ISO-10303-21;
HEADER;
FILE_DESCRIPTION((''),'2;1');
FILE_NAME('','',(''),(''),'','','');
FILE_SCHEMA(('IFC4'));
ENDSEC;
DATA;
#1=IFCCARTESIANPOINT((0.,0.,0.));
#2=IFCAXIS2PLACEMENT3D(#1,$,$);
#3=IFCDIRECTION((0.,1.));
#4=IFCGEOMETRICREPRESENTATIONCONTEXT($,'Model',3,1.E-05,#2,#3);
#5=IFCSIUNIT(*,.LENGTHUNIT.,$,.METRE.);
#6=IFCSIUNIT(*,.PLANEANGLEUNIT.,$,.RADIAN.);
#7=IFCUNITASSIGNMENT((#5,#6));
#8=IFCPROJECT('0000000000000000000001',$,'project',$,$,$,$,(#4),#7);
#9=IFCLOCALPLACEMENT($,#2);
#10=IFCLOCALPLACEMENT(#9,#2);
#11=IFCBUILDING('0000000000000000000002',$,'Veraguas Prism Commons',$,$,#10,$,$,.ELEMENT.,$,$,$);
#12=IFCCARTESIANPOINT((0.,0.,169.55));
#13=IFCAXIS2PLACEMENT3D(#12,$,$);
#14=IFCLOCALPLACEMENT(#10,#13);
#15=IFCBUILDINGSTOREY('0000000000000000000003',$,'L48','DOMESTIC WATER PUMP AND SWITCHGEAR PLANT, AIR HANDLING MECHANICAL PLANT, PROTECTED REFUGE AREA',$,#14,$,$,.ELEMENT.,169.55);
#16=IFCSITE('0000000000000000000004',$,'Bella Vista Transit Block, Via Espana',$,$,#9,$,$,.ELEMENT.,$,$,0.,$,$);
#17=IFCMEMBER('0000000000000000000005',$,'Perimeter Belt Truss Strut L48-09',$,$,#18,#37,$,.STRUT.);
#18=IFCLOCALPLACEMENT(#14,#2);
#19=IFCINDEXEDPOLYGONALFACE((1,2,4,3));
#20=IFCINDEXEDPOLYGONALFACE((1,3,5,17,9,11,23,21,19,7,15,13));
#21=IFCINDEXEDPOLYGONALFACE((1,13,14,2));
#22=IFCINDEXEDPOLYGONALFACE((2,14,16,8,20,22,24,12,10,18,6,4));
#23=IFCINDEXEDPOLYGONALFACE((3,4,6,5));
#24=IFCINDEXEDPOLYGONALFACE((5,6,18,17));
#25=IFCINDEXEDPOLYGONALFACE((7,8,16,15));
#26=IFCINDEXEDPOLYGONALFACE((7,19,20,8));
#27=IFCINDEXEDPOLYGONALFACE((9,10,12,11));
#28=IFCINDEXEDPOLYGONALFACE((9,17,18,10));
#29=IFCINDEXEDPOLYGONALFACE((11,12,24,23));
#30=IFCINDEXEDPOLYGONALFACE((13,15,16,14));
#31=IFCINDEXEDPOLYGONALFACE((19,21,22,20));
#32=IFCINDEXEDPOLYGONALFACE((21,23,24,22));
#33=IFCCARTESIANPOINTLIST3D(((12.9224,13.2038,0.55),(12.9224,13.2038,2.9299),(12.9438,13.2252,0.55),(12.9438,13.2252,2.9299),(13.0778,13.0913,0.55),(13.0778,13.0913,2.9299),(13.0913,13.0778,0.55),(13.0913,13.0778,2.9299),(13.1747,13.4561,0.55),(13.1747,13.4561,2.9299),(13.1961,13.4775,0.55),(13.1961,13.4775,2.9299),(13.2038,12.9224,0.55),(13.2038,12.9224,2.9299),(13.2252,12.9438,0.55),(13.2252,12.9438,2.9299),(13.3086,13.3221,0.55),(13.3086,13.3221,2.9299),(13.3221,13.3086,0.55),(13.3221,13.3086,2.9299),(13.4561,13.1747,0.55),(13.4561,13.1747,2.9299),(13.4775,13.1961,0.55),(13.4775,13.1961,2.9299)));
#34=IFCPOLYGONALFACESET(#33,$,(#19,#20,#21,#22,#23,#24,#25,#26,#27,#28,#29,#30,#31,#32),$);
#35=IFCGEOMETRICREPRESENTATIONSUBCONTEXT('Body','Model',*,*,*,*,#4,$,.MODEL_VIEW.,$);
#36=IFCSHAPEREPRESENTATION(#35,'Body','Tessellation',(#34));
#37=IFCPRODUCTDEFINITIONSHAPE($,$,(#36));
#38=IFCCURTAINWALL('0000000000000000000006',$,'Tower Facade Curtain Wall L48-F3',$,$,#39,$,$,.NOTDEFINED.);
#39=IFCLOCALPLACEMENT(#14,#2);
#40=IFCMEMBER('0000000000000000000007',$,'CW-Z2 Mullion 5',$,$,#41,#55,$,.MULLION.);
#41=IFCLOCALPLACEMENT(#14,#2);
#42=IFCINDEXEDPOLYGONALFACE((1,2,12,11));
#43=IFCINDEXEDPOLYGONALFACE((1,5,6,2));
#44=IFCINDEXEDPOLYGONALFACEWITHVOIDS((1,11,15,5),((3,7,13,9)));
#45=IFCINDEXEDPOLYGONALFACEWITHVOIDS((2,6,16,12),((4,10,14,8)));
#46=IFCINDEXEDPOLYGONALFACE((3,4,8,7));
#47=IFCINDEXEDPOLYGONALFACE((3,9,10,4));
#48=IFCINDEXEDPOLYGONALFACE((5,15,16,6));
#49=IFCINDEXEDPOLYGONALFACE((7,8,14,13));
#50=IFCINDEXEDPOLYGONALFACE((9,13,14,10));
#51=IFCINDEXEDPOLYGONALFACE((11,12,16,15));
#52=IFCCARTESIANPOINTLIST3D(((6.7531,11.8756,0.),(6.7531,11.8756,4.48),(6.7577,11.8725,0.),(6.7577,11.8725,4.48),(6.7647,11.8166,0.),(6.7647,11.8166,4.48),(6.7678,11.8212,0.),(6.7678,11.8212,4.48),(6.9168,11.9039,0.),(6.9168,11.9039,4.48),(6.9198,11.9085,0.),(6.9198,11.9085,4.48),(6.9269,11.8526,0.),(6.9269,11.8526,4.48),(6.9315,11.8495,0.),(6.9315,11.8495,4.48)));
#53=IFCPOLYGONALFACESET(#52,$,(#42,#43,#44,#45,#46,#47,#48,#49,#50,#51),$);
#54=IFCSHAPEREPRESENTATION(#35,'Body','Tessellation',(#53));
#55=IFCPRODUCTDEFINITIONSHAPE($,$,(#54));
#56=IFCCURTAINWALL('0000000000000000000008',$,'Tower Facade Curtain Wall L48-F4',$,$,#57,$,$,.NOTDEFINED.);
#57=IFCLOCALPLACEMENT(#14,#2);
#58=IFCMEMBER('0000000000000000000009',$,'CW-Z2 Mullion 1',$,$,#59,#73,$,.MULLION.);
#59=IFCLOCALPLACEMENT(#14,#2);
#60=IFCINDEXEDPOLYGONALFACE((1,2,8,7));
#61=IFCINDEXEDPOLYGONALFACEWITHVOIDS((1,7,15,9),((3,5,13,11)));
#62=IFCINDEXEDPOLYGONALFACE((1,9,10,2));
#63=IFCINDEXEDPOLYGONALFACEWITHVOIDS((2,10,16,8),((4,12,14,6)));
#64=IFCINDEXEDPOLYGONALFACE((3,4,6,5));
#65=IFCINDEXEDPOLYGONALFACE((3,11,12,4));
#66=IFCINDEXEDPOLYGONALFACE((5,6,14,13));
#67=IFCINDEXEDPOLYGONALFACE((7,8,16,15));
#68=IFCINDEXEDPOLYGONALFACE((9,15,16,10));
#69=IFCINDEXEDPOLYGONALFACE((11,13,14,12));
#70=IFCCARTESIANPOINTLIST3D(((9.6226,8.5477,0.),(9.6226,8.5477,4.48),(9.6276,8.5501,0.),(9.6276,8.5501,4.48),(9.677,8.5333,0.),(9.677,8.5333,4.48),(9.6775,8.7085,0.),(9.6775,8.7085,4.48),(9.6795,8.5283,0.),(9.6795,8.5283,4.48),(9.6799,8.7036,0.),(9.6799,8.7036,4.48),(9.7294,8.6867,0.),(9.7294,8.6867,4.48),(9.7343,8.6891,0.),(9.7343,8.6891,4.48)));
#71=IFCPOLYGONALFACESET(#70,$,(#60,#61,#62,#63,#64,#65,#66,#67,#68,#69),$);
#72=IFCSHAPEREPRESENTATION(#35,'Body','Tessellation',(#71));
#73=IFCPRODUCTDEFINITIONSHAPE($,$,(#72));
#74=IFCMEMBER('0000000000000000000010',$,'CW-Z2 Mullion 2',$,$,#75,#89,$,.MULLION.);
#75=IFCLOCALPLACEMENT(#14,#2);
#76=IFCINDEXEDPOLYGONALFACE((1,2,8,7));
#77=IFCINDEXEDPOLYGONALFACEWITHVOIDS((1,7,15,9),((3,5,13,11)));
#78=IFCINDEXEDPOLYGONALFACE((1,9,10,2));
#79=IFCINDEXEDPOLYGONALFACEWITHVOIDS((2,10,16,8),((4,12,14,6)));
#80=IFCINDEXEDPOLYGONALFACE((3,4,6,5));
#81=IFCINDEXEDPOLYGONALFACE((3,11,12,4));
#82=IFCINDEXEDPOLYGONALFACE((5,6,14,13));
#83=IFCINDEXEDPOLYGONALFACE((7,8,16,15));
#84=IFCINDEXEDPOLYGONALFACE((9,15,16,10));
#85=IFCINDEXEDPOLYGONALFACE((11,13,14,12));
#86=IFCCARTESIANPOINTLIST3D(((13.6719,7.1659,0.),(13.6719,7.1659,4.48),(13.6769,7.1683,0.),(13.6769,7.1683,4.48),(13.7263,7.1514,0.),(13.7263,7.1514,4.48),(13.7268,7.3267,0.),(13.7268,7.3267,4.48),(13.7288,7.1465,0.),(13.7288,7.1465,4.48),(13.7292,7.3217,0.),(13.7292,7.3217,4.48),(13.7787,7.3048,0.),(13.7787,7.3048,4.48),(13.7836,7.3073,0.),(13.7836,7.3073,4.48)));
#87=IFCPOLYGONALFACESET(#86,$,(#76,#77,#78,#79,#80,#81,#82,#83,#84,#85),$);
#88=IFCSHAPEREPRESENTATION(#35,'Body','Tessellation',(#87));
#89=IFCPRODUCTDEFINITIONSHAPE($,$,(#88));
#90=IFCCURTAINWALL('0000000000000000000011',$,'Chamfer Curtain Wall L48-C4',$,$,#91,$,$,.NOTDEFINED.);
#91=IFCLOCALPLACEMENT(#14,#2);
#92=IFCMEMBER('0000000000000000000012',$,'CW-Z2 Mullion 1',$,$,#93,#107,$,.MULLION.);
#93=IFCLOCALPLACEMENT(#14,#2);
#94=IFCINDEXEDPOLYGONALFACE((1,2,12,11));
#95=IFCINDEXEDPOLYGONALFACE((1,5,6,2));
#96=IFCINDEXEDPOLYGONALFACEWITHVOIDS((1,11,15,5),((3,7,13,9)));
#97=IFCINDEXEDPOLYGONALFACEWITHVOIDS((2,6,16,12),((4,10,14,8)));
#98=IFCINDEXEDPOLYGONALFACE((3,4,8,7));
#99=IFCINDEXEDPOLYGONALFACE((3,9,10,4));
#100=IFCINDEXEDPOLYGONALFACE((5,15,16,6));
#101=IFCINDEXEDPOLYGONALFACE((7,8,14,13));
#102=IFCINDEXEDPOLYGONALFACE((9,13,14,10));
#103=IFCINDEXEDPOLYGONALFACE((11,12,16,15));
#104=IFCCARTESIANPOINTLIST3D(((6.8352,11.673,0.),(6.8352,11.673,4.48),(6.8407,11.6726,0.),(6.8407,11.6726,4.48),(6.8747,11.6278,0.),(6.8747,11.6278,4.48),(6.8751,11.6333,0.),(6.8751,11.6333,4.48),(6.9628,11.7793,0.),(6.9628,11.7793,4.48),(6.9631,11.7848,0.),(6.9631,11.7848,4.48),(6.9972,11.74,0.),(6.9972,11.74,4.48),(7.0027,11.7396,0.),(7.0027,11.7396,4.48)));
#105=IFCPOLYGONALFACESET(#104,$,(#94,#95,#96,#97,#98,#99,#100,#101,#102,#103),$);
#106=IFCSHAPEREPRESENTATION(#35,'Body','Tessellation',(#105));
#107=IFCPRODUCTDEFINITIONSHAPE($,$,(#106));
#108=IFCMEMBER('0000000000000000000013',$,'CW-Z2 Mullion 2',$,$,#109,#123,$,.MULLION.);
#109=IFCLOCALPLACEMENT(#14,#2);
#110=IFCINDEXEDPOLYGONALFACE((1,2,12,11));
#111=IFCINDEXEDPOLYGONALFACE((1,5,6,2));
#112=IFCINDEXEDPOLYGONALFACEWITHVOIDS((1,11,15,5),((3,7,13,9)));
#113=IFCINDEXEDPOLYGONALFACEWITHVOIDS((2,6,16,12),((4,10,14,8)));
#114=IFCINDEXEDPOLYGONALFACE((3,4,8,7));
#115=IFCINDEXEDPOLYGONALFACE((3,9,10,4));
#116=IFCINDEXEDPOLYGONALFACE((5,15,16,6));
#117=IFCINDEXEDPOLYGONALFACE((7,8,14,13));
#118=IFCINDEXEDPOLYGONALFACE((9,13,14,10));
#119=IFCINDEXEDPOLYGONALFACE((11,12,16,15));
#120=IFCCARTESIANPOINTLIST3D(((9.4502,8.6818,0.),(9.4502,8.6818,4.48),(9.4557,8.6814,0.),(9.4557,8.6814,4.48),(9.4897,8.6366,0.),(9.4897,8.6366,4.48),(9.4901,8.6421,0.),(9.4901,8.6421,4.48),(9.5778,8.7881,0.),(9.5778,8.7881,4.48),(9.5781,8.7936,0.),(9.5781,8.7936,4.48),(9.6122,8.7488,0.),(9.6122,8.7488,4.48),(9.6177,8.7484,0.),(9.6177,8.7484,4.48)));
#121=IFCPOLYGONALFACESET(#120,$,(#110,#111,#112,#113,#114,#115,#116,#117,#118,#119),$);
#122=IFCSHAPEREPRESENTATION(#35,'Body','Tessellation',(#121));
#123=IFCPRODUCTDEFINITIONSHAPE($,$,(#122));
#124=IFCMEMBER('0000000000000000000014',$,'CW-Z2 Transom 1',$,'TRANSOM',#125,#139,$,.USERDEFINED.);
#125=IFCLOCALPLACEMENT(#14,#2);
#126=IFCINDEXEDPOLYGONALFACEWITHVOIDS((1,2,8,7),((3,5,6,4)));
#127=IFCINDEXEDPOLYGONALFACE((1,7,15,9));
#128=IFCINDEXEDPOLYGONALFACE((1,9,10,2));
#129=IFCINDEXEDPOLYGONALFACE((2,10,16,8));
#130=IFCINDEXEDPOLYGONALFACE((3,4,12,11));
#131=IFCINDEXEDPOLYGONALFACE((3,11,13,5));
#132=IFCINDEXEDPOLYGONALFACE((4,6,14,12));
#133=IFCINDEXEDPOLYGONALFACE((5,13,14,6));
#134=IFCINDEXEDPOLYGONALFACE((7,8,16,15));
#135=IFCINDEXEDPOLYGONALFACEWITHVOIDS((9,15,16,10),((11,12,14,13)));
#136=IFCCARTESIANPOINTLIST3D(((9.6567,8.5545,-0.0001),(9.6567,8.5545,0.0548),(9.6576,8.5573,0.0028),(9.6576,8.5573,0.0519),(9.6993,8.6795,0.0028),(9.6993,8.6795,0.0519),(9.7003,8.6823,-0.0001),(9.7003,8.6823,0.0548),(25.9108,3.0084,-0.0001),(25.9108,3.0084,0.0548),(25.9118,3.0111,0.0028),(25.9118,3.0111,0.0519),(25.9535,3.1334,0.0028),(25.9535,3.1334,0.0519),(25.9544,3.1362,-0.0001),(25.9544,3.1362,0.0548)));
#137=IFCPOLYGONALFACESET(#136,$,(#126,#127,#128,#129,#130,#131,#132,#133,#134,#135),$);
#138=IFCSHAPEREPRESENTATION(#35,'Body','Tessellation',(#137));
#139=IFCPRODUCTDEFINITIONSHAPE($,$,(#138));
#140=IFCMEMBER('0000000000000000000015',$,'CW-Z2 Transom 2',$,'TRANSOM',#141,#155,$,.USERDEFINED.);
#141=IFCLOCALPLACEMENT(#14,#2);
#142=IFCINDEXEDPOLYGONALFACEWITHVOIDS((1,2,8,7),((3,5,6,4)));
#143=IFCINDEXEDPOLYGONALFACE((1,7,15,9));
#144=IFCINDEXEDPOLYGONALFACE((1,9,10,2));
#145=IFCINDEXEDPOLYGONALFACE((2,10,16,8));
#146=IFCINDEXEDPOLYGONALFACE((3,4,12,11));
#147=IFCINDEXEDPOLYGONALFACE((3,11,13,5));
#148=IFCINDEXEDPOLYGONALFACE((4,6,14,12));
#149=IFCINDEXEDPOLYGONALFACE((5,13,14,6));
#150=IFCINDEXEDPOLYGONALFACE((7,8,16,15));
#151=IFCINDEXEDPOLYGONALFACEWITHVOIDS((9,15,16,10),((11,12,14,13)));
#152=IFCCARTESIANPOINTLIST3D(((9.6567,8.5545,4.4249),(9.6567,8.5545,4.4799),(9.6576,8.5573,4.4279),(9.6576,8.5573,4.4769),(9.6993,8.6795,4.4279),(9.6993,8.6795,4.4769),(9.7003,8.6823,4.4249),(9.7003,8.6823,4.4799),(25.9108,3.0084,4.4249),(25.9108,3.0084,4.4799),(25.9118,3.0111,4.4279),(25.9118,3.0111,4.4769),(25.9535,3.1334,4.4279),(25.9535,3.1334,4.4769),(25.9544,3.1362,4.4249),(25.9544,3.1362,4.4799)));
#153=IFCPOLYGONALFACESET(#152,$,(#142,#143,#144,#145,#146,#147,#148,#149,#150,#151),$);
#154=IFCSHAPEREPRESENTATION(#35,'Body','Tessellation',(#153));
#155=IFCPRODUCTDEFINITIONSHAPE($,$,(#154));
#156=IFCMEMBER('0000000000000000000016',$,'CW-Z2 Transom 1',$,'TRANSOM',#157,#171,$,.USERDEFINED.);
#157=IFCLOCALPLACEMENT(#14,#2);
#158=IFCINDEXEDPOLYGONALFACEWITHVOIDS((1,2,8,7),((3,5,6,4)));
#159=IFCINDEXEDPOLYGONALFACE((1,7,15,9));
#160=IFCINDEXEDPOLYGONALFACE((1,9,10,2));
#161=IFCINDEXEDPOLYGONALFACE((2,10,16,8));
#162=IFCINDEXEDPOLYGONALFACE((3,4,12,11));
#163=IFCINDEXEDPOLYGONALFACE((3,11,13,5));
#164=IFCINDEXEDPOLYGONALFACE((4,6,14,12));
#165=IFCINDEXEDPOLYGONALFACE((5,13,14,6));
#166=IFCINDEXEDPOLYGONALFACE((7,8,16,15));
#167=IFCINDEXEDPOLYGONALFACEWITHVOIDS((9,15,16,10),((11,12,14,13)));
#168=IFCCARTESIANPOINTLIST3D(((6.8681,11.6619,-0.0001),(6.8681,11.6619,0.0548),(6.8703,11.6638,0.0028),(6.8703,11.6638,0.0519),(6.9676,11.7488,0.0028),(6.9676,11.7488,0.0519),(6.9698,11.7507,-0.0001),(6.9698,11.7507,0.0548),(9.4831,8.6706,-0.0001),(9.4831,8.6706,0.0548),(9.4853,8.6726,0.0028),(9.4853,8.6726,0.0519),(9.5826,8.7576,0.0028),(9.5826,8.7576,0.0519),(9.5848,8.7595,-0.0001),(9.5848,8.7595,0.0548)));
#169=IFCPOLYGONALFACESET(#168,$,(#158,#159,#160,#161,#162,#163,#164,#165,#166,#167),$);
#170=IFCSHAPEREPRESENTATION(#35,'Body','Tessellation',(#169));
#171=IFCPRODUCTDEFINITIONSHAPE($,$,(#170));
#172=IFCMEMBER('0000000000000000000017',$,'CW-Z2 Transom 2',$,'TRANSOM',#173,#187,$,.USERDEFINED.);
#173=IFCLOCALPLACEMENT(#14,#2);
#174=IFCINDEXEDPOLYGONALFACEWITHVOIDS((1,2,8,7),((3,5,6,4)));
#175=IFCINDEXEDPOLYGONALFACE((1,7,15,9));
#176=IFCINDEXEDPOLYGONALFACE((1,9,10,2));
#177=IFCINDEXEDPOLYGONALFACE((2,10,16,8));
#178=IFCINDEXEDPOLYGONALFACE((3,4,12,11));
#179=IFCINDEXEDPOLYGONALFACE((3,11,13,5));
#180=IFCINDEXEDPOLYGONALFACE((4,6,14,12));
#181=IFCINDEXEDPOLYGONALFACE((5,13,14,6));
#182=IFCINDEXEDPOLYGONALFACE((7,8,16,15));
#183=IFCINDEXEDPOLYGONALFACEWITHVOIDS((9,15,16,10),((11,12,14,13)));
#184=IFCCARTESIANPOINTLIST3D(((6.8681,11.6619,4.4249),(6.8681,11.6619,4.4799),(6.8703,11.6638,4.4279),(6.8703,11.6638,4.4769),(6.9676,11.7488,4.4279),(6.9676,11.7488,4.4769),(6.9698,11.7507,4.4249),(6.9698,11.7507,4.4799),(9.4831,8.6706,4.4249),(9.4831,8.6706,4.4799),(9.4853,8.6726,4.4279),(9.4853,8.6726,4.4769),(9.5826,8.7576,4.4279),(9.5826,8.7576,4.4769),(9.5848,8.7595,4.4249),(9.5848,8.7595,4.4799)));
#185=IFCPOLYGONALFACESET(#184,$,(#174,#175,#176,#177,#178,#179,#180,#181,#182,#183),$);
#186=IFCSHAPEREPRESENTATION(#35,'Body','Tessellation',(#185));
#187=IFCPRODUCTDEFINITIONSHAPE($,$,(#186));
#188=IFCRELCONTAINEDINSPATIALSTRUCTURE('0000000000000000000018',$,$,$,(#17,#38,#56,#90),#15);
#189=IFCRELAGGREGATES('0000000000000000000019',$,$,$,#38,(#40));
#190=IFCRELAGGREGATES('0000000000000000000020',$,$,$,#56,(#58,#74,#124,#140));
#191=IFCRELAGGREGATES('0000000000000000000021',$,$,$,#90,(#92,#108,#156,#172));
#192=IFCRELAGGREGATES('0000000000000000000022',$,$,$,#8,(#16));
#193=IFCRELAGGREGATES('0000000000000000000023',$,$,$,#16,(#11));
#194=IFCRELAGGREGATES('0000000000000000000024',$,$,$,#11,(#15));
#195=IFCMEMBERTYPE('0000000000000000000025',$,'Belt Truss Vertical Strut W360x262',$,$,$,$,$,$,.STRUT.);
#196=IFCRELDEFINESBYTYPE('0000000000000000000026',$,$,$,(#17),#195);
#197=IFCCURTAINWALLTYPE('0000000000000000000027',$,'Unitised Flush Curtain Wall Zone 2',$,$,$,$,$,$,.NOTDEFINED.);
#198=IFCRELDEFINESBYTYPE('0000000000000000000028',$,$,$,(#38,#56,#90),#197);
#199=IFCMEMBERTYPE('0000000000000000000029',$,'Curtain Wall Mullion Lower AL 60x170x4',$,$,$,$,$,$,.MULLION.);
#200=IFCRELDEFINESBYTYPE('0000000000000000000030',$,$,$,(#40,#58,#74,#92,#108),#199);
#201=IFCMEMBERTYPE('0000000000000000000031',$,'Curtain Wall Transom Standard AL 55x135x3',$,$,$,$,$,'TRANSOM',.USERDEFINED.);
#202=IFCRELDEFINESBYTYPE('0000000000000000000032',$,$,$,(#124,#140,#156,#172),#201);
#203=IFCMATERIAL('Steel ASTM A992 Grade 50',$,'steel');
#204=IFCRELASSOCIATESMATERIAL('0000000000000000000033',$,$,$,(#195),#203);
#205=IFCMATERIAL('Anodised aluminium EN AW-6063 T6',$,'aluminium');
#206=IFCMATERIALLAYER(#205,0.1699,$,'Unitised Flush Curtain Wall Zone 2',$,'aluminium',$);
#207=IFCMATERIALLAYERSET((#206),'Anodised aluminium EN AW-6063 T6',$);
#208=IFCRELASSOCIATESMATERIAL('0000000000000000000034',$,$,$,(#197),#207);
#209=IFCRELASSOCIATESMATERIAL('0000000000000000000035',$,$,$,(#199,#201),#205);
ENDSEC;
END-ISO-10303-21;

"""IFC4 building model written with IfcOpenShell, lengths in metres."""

from ifc_helpers import new_model, si_unit, direction, frame, origin, origin_2d, place, context, subcontext, project, spatial, hollow_rectangle, i_section, extrude, source, transform, mapped, material, layer, layer_set, material_profile, profile_set, type_object, element, aggregate, save


model = new_model("IFC4")

# Units and contexts
model_context = context("Model", 3, precision=1e-05, world=origin(), true_north=direction((0.0, 1.0)))
body_context = subcontext(model_context, "Body", "Model", "MODEL_VIEW")
ifc_project = project(units=[si_unit("LENGTHUNIT", "METRE"), si_unit("PLANEANGLEUNIT", "RADIAN")], contexts=[model_context])

# Site, building, storey
site_placement = place(None, origin())
site = spatial("IfcSite", under=ifc_project, at=site_placement, Name="Bella Vista Transit Block, Via Espana", CompositionType="ELEMENT", RefElevation=0.0)
building_placement = place(site_placement, origin())
building = spatial("IfcBuilding", under=site, at=building_placement, Name="Veraguas Prism Commons", CompositionType="ELEMENT")
storey_placement = place(building_placement, frame((0.0, 0.0, 169.55)))
storey = spatial("IfcBuildingStorey", under=building, at=storey_placement, Name="L48", Description="DOMESTIC WATER PUMP AND SWITCHGEAR PLANT, AIR HANDLING MECHANICAL PLANT, PROTECTED REFUGE AREA", CompositionType="ELEMENT", Elevation=169.55)

# Member
ifc_material_1 = material(Name="Steel ASTM A992 Grade 50", Category="steel")
ifc_material_profile_1 = material_profile(ifc_material_1, i_section(OverallWidth=0.3979, OverallDepth=0.387, WebThickness=0.019, FlangeThickness=0.0303, at=origin_2d()), Name="W360X262")
ifc_profile_set_1 = profile_set([ifc_material_profile_1], Name="Steel ASTM A992 Grade 50")
member_type_1 = type_object("IfcMemberType", Name="Belt Truss Vertical Strut W360x262", PredefinedType="STRUT", material=ifc_profile_set_1)
member_1_placement = place(storey_placement, frame((13.2, 13.2, 0.55), z_axis=(0.0, 0.0, 1.0), x_axis=(0.707107, -0.707107, 0.0)))
element("IfcMember", 1, at=member_1_placement, inside=storey, type_object=member_type_1, Name="Perimeter Belt Truss Strut L48-09", PredefinedType="STRUT", context=body_context, shape_type="SweptSolid", body=[
    extrude(i_section(OverallWidth=0.3979, OverallDepth=0.387, WebThickness=0.019, FlangeThickness=0.0303, at=origin_2d()), origin(), (0.0, 0.0, 1.0), 2.3799),
])

# Curtain wall, member
ifc_material_2 = material(Name="Anodised aluminium EN AW-6063 T6", Category="aluminium")
ifc_layer_1 = layer(ifc_material_2, 0.1699, Name="Unitised Flush Curtain Wall Zone 2", Category="aluminium")
ifc_layer_set_1 = layer_set([ifc_layer_1], Name="Anodised aluminium EN AW-6063 T6")
curtain_wall_type = type_object("IfcCurtainWallType", Name="Unitised Flush Curtain Wall Zone 2", PredefinedType="NOTDEFINED", material=ifc_layer_set_1)
curtain_wall_1_placement = place(storey_placement, origin())
curtain_wall_1 = element("IfcCurtainWall", 2, at=curtain_wall_1_placement, inside=storey, type_object=curtain_wall_type, Name="Tower Facade Curtain Wall L48-F3", PredefinedType="NOTDEFINED")
ifc_material_profile_2 = material_profile(ifc_material_2, hollow_rectangle(XDim=0.0601, YDim=0.1699, WallThickness=0.0039, at=origin_2d()), Name="AL60X170X4")
ifc_profile_set_2 = profile_set([ifc_material_profile_2], Name="Anodised aluminium EN AW-6063 T6")
member_type_2 = type_object("IfcMemberType", Name="Curtain Wall Mullion Lower AL 60x170x4", PredefinedType="MULLION", material=ifc_profile_set_2)
shared_shape_1 = source(origin(), body_context, "Body", "SweptSolid", [
    extrude(hollow_rectangle(XDim=0.0601, YDim=0.1699, WallThickness=0.0039, at=origin_2d()), origin(), (0.0, 0.0, 1.0), 4.48),
])
member_2_placement = place(storey_placement, frame((6.8423, 11.8625, 0.0), z_axis=(0.0, 0.0, 1.0), x_axis=(0.193549, -0.981091, 0.0)))
member_2 = element("IfcMember", 3, at=member_2_placement, type_object=member_type_2, Name="CW-Z2 Mullion 5", PredefinedType="MULLION", context=body_context, shape_type="MappedRepresentation", body=[
    mapped(shared_shape_1, transform((0.0, 0.0, 0.0), scale=1.0)),
])
aggregate(curtain_wall_1, [member_2])

# Curtain walls, members
curtain_wall_2_placement = place(storey_placement, origin())
curtain_wall_2 = element("IfcCurtainWall", 4, at=curtain_wall_2_placement, inside=storey, type_object=curtain_wall_type, Name="Tower Facade Curtain Wall L48-F4", PredefinedType="NOTDEFINED")
member_3_placement = place(storey_placement, frame((9.6785, 8.6184, 0.0), z_axis=(0.0, 0.0, 1.0), x_axis=(0.946425, -0.322925, 0.0)))
member_3 = element("IfcMember", 5, at=member_3_placement, type_object=member_type_2, Name="CW-Z2 Mullion 1", PredefinedType="MULLION", context=body_context, shape_type="MappedRepresentation", body=[
    mapped(shared_shape_1, transform((0.0, 0.0, 0.0), scale=1.0)),
])
member_4_placement = place(storey_placement, frame((13.7278, 7.2366, 0.0), z_axis=(0.0, 0.0, 1.0), x_axis=(0.946425, -0.322925, 0.0)))
member_4 = element("IfcMember", 6, at=member_4_placement, type_object=member_type_2, Name="CW-Z2 Mullion 2", PredefinedType="MULLION", context=body_context, shape_type="MappedRepresentation", body=[
    mapped(shared_shape_1, transform((0.0, 0.0, 0.0), scale=1.0)),
])
curtain_wall_3_placement = place(storey_placement, origin())
curtain_wall_3 = element("IfcCurtainWall", 7, at=curtain_wall_3_placement, inside=storey, type_object=curtain_wall_type, Name="Chamfer Curtain Wall L48-C4", PredefinedType="NOTDEFINED")
member_5_placement = place(storey_placement, frame((6.9189, 11.7063, 0.0), z_axis=(0.0, 0.0, 1.0), x_axis=(0.658186, -0.752855, 0.0)))
member_5 = element("IfcMember", 8, at=member_5_placement, type_object=member_type_2, Name="CW-Z2 Mullion 1", PredefinedType="MULLION", context=body_context, shape_type="MappedRepresentation", body=[
    mapped(shared_shape_1, transform((0.0, 0.0, 0.0), scale=1.0)),
])
member_6_placement = place(storey_placement, frame((9.5339, 8.7151, 0.0), z_axis=(0.0, 0.0, 1.0), x_axis=(0.658186, -0.752855, 0.0)))
member_6 = element("IfcMember", 9, at=member_6_placement, type_object=member_type_2, Name="CW-Z2 Mullion 2", PredefinedType="MULLION", context=body_context, shape_type="MappedRepresentation", body=[
    mapped(shared_shape_1, transform((0.0, 0.0, 0.0), scale=1.0)),
])

# Members
ifc_material_profile_3 = material_profile(ifc_material_2, hollow_rectangle(XDim=0.0549, YDim=0.135, WallThickness=0.0029, at=origin_2d()), Name="AL55X135X3")
ifc_profile_set_3 = profile_set([ifc_material_profile_3], Name="Anodised aluminium EN AW-6063 T6")
member_type_3 = type_object("IfcMemberType", Name="Curtain Wall Transom Standard AL 55x135x3", ElementType="TRANSOM", PredefinedType="USERDEFINED", material=ifc_profile_set_3)
shared_shape_2 = source(origin(), body_context, "Body", "SweptSolid", [
    extrude(hollow_rectangle(XDim=0.0549, YDim=0.135, WallThickness=0.0029, at=origin_2d()), origin(), (0.0, 0.0, 1.0), 17.1743),
])
member_7_placement = place(storey_placement, frame((9.6785, 8.6184, 0.0273), z_axis=(0.946422, -0.322932, 0.0), x_axis=(0.0, 0.0, 1.0)))
member_7 = element("IfcMember", 10, at=member_7_placement, type_object=member_type_3, Name="CW-Z2 Transom 1", ObjectType="TRANSOM", PredefinedType="USERDEFINED", context=body_context, shape_type="MappedRepresentation", body=[
    mapped(shared_shape_2, transform((0.0, 0.0, 0.0), scale=1.0)),
])
member_8_placement = place(storey_placement, frame((9.6785, 8.6184, 4.4524), z_axis=(0.946422, -0.322932, 0.0), x_axis=(0.0, 0.0, 1.0)))
member_8 = element("IfcMember", 11, at=member_8_placement, type_object=member_type_3, Name="CW-Z2 Transom 2", ObjectType="TRANSOM", PredefinedType="USERDEFINED", context=body_context, shape_type="MappedRepresentation", body=[
    mapped(shared_shape_2, transform((0.0, 0.0, 0.0), scale=1.0)),
])
shared_shape_3 = source(origin(), body_context, "Body", "SweptSolid", [
    extrude(hollow_rectangle(XDim=0.0549, YDim=0.135, WallThickness=0.0029, at=origin_2d()), origin(), (0.0, 0.0, 1.0), 3.9731),
])
member_9_placement = place(storey_placement, frame((6.9189, 11.7063, 0.0273), z_axis=(0.658174, -0.752866, 0.0), x_axis=(0.0, 0.0, 1.0)))
member_9 = element("IfcMember", 12, at=member_9_placement, type_object=member_type_3, Name="CW-Z2 Transom 1", ObjectType="TRANSOM", PredefinedType="USERDEFINED", context=body_context, shape_type="MappedRepresentation", body=[
    mapped(shared_shape_3, transform((0.0, 0.0, 0.0), scale=1.0)),
])
member_10_placement = place(storey_placement, frame((6.9189, 11.7063, 4.4524), z_axis=(0.658174, -0.752866, 0.0), x_axis=(0.0, 0.0, 1.0)))
member_10 = element("IfcMember", 13, at=member_10_placement, type_object=member_type_3, Name="CW-Z2 Transom 2", ObjectType="TRANSOM", PredefinedType="USERDEFINED", context=body_context, shape_type="MappedRepresentation", body=[
    mapped(shared_shape_3, transform((0.0, 0.0, 0.0), scale=1.0)),
])

aggregate(curtain_wall_2, [member_3, member_4, member_7, member_8])
aggregate(curtain_wall_3, [member_5, member_6, member_9, member_10])

save(model, "model.ifc")
